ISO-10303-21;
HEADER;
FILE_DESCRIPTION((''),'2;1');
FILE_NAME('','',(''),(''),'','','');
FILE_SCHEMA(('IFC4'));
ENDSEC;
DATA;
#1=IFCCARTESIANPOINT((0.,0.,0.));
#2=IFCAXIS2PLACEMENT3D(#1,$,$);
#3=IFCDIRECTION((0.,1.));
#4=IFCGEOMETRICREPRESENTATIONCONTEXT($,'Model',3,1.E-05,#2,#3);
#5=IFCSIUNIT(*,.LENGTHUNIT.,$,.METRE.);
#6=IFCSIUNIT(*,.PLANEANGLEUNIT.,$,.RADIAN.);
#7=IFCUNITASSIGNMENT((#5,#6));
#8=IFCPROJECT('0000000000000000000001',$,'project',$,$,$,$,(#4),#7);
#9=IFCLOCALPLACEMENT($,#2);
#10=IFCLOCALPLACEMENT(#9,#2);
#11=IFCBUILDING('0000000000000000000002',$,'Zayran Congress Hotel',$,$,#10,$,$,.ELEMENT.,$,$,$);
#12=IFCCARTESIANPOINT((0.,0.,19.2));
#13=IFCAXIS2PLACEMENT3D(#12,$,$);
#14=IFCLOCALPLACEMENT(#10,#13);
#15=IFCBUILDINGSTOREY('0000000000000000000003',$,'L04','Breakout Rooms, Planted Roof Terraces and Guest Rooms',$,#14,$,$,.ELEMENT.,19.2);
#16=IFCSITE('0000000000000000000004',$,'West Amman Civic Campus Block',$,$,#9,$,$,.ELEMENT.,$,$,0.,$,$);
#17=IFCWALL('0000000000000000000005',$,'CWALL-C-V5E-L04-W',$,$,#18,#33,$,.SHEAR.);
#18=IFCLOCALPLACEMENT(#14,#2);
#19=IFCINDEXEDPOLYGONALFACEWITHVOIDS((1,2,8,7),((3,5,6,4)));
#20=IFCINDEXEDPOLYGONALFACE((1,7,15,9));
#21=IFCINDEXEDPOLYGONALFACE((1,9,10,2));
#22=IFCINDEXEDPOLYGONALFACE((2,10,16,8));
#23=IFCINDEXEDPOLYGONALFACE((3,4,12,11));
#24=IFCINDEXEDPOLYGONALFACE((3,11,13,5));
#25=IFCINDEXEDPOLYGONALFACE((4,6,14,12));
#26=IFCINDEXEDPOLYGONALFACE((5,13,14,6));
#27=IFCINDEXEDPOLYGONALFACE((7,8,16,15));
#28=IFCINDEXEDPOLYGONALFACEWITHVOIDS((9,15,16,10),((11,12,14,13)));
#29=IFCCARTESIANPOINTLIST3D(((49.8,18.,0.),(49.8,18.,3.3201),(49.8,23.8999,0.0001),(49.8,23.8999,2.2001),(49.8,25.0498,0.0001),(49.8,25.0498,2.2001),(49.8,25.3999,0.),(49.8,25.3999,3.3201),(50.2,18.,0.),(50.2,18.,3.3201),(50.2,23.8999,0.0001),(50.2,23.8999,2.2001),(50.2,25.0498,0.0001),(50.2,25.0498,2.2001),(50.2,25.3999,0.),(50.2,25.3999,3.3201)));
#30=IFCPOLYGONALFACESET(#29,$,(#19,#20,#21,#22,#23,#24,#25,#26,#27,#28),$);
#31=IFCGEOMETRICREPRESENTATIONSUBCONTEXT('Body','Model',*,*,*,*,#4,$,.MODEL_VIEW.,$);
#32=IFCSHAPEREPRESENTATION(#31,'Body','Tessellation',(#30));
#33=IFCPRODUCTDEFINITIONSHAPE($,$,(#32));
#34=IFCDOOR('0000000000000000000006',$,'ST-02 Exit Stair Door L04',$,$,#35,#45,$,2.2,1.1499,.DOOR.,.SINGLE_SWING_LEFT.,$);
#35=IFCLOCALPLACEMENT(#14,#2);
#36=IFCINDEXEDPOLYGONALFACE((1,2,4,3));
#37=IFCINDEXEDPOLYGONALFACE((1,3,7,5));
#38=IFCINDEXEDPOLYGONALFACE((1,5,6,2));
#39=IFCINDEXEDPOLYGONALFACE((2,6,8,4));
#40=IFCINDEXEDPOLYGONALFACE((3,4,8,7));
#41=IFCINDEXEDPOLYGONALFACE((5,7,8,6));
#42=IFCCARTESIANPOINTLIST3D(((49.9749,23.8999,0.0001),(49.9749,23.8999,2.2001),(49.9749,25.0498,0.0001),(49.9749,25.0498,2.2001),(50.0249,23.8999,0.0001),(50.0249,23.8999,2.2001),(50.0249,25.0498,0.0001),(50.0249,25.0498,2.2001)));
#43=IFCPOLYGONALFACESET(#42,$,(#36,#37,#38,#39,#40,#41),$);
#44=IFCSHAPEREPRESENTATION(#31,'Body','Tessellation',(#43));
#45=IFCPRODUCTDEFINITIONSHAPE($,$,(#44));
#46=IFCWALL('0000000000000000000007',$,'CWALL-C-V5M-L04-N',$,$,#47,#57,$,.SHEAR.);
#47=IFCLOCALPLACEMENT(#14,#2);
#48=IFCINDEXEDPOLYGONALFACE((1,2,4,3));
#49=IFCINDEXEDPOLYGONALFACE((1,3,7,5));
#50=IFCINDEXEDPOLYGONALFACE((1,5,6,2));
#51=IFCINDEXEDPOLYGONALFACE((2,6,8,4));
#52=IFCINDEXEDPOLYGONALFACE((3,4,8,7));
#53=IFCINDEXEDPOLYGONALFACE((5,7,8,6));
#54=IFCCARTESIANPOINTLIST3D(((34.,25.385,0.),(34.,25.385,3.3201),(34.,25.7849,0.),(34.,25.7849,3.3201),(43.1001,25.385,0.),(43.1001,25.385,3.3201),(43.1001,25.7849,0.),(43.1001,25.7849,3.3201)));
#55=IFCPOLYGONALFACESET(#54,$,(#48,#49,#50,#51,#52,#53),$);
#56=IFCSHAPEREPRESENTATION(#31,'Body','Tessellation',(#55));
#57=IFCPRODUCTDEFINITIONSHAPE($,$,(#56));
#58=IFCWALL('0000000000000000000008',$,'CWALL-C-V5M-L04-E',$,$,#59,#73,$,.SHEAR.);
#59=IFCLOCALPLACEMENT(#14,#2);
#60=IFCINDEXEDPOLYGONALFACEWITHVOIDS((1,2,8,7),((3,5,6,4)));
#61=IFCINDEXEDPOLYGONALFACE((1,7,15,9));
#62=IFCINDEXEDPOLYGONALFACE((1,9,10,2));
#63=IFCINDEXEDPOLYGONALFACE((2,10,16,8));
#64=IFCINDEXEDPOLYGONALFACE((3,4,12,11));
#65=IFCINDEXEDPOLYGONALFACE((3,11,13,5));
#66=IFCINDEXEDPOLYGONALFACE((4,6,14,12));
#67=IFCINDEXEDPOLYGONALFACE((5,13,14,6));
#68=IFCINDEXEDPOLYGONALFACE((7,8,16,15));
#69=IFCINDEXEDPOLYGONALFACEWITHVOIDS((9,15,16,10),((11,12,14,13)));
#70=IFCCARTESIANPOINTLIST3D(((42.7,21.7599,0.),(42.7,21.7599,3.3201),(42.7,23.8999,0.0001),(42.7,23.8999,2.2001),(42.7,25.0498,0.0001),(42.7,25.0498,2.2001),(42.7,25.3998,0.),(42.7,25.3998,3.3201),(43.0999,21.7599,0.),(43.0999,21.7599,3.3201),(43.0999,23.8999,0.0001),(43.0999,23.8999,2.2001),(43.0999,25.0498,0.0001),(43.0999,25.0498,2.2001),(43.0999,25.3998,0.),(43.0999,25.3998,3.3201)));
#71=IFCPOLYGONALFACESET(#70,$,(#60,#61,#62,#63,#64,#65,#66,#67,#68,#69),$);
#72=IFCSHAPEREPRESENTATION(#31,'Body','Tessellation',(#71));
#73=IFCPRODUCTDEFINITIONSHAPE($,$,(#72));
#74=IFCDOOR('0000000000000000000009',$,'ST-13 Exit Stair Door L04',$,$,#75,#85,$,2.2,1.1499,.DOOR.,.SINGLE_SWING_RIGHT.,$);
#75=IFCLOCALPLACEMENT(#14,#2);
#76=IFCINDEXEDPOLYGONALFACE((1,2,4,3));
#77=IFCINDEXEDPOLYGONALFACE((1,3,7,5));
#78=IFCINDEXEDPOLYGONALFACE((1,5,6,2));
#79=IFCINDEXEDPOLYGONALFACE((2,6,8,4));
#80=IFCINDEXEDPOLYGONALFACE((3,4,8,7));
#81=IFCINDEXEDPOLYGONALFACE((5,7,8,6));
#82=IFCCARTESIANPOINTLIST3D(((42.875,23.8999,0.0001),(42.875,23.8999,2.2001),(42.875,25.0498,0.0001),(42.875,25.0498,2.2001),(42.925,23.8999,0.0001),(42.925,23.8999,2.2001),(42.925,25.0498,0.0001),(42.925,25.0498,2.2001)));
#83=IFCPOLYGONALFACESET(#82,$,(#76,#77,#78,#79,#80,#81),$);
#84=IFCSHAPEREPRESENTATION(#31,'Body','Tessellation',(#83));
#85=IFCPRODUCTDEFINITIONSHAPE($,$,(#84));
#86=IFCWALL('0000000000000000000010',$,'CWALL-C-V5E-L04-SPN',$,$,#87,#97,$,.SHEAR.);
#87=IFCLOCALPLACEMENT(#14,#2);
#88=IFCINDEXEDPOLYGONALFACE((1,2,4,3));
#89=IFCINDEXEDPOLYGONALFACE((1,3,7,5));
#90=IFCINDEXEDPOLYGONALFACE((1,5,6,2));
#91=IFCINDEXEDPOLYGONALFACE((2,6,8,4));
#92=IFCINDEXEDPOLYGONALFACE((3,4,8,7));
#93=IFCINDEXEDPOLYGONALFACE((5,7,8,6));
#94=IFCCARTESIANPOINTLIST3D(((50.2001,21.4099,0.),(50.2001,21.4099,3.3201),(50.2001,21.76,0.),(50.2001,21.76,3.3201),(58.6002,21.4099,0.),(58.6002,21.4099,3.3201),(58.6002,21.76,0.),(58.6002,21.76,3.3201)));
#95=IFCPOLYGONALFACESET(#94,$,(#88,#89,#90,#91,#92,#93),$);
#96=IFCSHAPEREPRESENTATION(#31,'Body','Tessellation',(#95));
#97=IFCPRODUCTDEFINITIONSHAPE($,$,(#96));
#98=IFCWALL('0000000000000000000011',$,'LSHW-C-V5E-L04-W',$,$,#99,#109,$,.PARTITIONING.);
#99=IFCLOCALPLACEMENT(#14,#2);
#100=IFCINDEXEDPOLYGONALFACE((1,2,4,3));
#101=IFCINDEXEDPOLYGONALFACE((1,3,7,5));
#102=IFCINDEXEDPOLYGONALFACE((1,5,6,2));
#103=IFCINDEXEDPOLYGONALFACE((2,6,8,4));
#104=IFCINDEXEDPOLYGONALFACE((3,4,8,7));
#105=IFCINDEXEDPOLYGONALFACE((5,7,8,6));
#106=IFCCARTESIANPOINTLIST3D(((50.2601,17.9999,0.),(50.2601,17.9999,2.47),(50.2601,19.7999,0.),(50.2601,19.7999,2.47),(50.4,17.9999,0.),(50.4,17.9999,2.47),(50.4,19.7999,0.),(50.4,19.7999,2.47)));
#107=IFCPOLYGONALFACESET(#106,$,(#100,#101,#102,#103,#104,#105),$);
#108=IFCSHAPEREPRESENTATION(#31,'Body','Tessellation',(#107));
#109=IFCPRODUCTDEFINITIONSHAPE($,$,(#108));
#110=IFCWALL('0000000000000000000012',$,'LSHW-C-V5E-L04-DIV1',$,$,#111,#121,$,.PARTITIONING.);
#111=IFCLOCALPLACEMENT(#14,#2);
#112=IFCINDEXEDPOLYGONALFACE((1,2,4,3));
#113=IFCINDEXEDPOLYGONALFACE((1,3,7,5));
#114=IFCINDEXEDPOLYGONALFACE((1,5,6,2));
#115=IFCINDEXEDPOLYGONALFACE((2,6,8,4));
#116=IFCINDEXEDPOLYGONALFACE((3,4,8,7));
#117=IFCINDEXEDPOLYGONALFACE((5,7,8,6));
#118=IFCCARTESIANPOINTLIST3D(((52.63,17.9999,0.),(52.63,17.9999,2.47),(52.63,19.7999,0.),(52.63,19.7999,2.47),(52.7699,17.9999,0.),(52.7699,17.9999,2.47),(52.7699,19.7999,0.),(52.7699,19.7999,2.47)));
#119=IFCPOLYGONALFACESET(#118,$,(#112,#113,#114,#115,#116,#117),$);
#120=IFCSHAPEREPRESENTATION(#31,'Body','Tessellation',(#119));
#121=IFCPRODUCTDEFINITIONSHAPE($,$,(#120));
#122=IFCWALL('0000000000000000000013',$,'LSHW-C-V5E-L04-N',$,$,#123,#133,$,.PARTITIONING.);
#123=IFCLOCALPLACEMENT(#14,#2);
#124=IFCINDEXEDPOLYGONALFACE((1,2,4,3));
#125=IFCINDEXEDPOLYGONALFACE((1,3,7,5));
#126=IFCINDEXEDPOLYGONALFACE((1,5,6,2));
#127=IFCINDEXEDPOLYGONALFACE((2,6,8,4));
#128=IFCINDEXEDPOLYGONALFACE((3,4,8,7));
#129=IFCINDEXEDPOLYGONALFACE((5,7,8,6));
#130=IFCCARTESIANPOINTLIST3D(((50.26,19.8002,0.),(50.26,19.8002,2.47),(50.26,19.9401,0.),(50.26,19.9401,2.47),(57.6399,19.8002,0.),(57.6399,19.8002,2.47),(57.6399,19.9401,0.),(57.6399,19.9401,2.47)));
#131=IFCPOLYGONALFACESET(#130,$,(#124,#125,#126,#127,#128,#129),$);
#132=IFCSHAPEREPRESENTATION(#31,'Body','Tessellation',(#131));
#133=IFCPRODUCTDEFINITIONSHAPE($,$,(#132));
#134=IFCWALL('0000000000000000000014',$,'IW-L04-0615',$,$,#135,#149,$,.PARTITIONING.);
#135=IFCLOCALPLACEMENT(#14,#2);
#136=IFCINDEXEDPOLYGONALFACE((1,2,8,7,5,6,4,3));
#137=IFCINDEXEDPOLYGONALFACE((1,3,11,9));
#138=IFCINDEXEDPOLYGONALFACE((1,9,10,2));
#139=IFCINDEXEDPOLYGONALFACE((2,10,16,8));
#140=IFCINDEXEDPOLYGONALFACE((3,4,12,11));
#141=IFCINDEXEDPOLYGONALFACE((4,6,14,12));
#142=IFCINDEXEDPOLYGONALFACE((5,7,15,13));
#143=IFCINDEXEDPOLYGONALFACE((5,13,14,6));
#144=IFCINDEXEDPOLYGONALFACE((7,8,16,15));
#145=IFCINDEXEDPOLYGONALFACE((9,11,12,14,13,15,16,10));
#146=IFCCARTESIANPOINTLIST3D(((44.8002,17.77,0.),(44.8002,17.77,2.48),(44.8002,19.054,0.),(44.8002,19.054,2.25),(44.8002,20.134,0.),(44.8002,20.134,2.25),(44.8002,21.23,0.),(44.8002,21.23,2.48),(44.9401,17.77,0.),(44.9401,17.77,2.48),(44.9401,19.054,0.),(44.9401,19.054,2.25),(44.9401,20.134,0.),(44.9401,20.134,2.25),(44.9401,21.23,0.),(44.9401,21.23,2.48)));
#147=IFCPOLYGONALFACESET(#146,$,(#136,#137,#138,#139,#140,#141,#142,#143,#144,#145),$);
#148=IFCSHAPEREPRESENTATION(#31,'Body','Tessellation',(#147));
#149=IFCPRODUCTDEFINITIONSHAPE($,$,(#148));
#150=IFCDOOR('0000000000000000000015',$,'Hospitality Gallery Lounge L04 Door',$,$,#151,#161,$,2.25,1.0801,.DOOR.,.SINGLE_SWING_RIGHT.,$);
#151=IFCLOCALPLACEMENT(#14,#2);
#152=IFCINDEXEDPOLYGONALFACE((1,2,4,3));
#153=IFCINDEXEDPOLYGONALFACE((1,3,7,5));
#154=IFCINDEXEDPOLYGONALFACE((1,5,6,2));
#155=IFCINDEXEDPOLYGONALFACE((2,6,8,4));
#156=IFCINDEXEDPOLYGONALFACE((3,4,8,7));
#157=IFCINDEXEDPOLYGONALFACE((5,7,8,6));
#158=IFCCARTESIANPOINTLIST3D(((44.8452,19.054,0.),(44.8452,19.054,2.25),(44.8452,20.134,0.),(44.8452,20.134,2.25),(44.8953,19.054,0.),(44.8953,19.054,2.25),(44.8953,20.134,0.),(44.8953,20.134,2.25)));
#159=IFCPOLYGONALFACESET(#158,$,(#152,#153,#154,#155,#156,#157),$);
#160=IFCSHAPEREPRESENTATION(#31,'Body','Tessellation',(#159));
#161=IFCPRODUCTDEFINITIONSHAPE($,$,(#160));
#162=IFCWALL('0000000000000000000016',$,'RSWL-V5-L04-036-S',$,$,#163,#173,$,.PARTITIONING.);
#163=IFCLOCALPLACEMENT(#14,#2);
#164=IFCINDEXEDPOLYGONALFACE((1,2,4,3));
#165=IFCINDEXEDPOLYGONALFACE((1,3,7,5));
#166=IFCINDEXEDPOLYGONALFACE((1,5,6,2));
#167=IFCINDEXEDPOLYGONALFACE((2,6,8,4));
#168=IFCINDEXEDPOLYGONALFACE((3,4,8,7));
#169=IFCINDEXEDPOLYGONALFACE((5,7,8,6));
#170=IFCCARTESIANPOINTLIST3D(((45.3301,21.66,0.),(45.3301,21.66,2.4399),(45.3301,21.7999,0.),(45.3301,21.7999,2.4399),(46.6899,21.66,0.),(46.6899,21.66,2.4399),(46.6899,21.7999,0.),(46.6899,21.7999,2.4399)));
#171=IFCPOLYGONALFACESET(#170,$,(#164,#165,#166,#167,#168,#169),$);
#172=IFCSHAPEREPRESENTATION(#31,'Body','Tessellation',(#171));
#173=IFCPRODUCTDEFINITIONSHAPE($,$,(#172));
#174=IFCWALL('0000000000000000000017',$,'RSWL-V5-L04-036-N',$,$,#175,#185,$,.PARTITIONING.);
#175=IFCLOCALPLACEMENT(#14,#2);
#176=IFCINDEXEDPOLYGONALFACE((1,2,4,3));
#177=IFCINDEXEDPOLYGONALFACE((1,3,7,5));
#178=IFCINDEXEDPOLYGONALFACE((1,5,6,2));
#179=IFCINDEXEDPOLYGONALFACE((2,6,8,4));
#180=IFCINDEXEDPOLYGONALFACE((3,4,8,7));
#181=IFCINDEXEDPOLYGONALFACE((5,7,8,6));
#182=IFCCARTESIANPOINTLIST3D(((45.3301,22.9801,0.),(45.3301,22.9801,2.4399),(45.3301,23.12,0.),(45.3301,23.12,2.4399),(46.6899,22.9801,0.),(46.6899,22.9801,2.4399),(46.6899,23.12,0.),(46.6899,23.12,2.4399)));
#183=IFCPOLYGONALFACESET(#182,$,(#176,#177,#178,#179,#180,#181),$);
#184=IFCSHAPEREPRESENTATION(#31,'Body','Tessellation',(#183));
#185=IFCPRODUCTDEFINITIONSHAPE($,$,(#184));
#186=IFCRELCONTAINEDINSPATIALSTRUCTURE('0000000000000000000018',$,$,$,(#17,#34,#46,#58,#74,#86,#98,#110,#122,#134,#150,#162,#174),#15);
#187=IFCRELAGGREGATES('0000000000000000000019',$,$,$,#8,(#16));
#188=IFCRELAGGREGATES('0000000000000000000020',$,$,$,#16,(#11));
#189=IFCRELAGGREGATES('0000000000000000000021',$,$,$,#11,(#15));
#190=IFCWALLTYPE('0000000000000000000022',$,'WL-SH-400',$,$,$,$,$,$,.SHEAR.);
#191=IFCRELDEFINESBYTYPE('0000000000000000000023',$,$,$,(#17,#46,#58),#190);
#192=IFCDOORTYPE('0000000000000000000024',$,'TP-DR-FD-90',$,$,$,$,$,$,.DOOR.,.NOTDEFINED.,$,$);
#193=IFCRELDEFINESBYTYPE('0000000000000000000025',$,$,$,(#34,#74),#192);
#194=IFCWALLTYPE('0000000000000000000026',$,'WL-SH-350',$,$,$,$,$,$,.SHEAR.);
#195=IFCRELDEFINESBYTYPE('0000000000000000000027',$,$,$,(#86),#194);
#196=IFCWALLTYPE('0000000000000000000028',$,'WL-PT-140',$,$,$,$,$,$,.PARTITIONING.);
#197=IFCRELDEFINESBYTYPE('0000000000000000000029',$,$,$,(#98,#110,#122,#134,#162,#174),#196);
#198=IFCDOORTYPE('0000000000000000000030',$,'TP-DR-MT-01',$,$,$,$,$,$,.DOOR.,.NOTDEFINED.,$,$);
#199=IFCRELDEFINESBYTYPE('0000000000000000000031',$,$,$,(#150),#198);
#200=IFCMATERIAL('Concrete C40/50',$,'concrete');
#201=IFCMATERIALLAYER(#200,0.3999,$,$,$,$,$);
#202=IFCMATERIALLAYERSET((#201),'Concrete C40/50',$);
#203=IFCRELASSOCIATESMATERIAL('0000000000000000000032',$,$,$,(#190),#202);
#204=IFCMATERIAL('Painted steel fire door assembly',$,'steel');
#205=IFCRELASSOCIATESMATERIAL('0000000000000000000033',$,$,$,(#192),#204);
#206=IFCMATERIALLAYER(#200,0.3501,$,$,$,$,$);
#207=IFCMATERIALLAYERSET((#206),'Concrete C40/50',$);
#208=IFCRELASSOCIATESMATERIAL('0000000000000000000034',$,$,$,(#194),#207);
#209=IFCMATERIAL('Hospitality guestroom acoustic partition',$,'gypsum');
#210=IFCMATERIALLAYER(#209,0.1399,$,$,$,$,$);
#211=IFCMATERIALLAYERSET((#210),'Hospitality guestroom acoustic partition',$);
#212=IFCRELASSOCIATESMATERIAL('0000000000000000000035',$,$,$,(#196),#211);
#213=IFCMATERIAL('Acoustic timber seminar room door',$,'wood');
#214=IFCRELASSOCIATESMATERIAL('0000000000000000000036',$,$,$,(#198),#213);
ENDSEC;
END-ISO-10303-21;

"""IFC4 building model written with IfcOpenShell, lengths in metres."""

from ifc_helpers import new_model, si_unit, direction, frame, frame_2d, origin, place, context, subcontext, project, spatial, rectangle, extrude, material, layer, layer_set, type_object, element, fill, save


model = new_model("IFC4")

# Units and contexts
model_context = context("Model", 3, precision=1e-05, world=origin(), true_north=direction((0.0, 1.0)))
body_context = subcontext(model_context, "Body", "Model", "MODEL_VIEW")
ifc_project = project(units=[si_unit("LENGTHUNIT", "METRE"), si_unit("PLANEANGLEUNIT", "RADIAN")], contexts=[model_context])

# Site, building, storey
site_placement = place(None, origin())
site = spatial("IfcSite", under=ifc_project, at=site_placement, Name="West Amman Civic Campus Block", CompositionType="ELEMENT", RefElevation=0.0)
building_placement = place(site_placement, origin())
building = spatial("IfcBuilding", under=site, at=building_placement, Name="Zayran Congress Hotel", CompositionType="ELEMENT")
storey_placement = place(building_placement, frame((0.0, 0.0, 19.2)))
storey = spatial("IfcBuildingStorey", under=building, at=storey_placement, Name="L04", Description="Breakout Rooms, Planted Roof Terraces and Guest Rooms", CompositionType="ELEMENT", Elevation=19.2)

# Shared definitions
ifc_material_1 = material(Name="Concrete C40/50", Category="concrete")

# Shared definitions
ifc_layer_1 = layer(ifc_material_1, 0.3999)
ifc_layer_set_1 = layer_set([ifc_layer_1], Name="Concrete C40/50")
wall_type_1 = type_object("IfcWallType", Name="WL-SH-400", PredefinedType="SHEAR", material=ifc_layer_set_1)

# Wall, opening, door
wall_1_placement = place(storey_placement, frame((50.0, 25.3999, 0.0), z_axis=(0.0, 0.0, 1.0), x_axis=(0.0, -1.0, 0.0)))
wall_1 = element("IfcWall", 1, at=wall_1_placement, inside=storey, type_object=wall_type_1, Name="CWALL-C-V5E-L04-W", PredefinedType="SHEAR", context=body_context, shape_type="SweptSolid", body=[
    extrude(rectangle(XDim=7.3999, YDim=0.3999, at=frame_2d((3.7, 0.0))), origin(), (0.0, 0.0, 1.0), 3.3201),
])
opening_1_placement = place(wall_1_placement, frame((0.3501, 0.0, 0.0)))
opening_1 = element("IfcOpeningElement", 2, at=opening_1_placement, cuts=wall_1, PredefinedType="OPENING", context=body_context, shape_type="SweptSolid", body=[
    extrude(rectangle(XDim=1.1499, YDim=2.2, at=frame_2d((0.575, 1.1001))), frame((0.0, 0.21, 0.0), z_axis=(0.0, -1.0, 0.0), x_axis=(1.0, 0.0, 0.0)), (0.0, 0.0, 1.0), 0.4199),
])
ifc_material_2 = material(Name="Painted steel fire door assembly", Category="steel")
door_type_1 = type_object("IfcDoorType", Name="TP-DR-FD-90", OperationType="NOTDEFINED", PredefinedType="DOOR", material=ifc_material_2)
door_1_placement = place(opening_1_placement, origin())
door_1 = element("IfcDoor", 3, at=door_1_placement, inside=storey, type_object=door_type_1, Name="ST-02 Exit Stair Door L04", OperationType="SINGLE_SWING_LEFT", OverallHeight=2.2, OverallWidth=1.1499, PredefinedType="DOOR", context=body_context, shape_type="SweptSolid", body=[
    extrude(rectangle(XDim=1.1499, YDim=2.2, at=frame_2d((0.575, 1.1001))), frame((0.0, 0.0249, 0.0), z_axis=(0.0, -1.0, 0.0), x_axis=(1.0, 0.0, 0.0)), (0.0, 0.0, 1.0), 0.05),
])
fill(opening_1, door_1)

# Wall
wall_2_placement = place(storey_placement, frame((43.1001, 25.585, 0.0), z_axis=(0.0, 0.0, 1.0), x_axis=(-1.0, 0.0, 0.0)))
element("IfcWall", 4, at=wall_2_placement, inside=storey, type_object=wall_type_1, Name="CWALL-C-V5M-L04-N", PredefinedType="SHEAR", context=body_context, shape_type="SweptSolid", body=[
    extrude(rectangle(XDim=9.1001, YDim=0.3999, at=frame_2d((4.55, 0.0))), origin(), (0.0, 0.0, 1.0), 3.3201),
])

# Wall, opening, door
wall_3_placement = place(storey_placement, frame((42.8999, 21.76, 0.0), z_axis=(0.0, 0.0, 1.0), x_axis=(0.0, 1.0, 0.0)))
wall_3 = element("IfcWall", 5, at=wall_3_placement, inside=storey, type_object=wall_type_1, Name="CWALL-C-V5M-L04-E", PredefinedType="SHEAR", context=body_context, shape_type="SweptSolid", body=[
    extrude(rectangle(XDim=3.6399, YDim=0.3999, at=frame_2d((1.8198, 0.0))), origin(), (0.0, 0.0, 1.0), 3.3201),
])
opening_2_placement = place(wall_3_placement, frame((2.1399, 0.0, 0.0)))
opening_2 = element("IfcOpeningElement", 6, at=opening_2_placement, cuts=wall_3, PredefinedType="OPENING", context=body_context, shape_type="SweptSolid", body=[
    extrude(rectangle(XDim=1.1499, YDim=2.2, at=frame_2d((0.575, 1.1001))), frame((0.0, 0.21, 0.0), z_axis=(0.0, -1.0, 0.0), x_axis=(1.0, 0.0, 0.0)), (0.0, 0.0, 1.0), 0.4199),
])
door_2_placement = place(opening_2_placement, origin())
door_2 = element("IfcDoor", 7, at=door_2_placement, inside=storey, type_object=door_type_1, Name="ST-13 Exit Stair Door L04", OperationType="SINGLE_SWING_RIGHT", OverallHeight=2.2, OverallWidth=1.1499, PredefinedType="DOOR", context=body_context, shape_type="SweptSolid", body=[
    extrude(rectangle(XDim=1.1499, YDim=2.2, at=frame_2d((0.575, 1.1001))), frame((0.0, 0.0249, 0.0), z_axis=(0.0, -1.0, 0.0), x_axis=(1.0, 0.0, 0.0)), (0.0, 0.0, 1.0), 0.05),
])
fill(opening_2, door_2)

# Walls
ifc_layer_2 = layer(ifc_material_1, 0.3501)
ifc_layer_set_2 = layer_set([ifc_layer_2], Name="Concrete C40/50")
wall_type_2 = type_object("IfcWallType", Name="WL-SH-350", PredefinedType="SHEAR", material=ifc_layer_set_2)
wall_4_placement = place(storey_placement, frame((50.2, 21.585, 0.0), z_axis=(0.0, 0.0, 1.0), x_axis=(1.0, 0.0, 0.0)))
element("IfcWall", 8, at=wall_4_placement, inside=storey, type_object=wall_type_2, Name="CWALL-C-V5E-L04-SPN", PredefinedType="SHEAR", context=body_context, shape_type="SweptSolid", body=[
    extrude(rectangle(XDim=8.4001, YDim=0.3501, at=frame_2d((4.2002, 0.0))), origin(), (0.0, 0.0, 1.0), 3.3201),
])
ifc_material_3 = material(Name="Hospitality guestroom acoustic partition", Category="gypsum")
ifc_layer_3 = layer(ifc_material_3, 0.1399)
ifc_layer_set_3 = layer_set([ifc_layer_3], Name="Hospitality guestroom acoustic partition")
wall_type_3 = type_object("IfcWallType", Name="WL-PT-140", PredefinedType="PARTITIONING", material=ifc_layer_set_3)
for number, where, z_axis, x_axis, name in (
    (9, (50.3301, 18.0, 0.0), (0.0, 0.0, 1.0), (0.0, 1.0, 0.0), "LSHW-C-V5E-L04-W"),
    (10, (52.7, 18.0, 0.0), (0.0, 0.0, 1.0), (0.0, 1.0, 0.0), "LSHW-C-V5E-L04-DIV1"),
):
    element("IfcWall", number, at=place(storey_placement, frame(where, z_axis=z_axis, x_axis=x_axis)), inside=storey, type_object=wall_type_3, Name=name, PredefinedType="PARTITIONING", context=body_context, shape_type="SweptSolid", body=[
        extrude(rectangle(XDim=1.8, YDim=0.1399, at=frame_2d((0.8999, 0.0))), origin(), (0.0, 0.0, 1.0), 2.47),
    ])
wall_5_placement = place(storey_placement, frame((50.26, 19.8701, 0.0), z_axis=(0.0, 0.0, 1.0), x_axis=(1.0, 0.0, 0.0)))
element("IfcWall", 11, at=wall_5_placement, inside=storey, type_object=wall_type_3, Name="LSHW-C-V5E-L04-N", PredefinedType="PARTITIONING", context=body_context, shape_type="SweptSolid", body=[
    extrude(rectangle(XDim=7.3799, YDim=0.1399, at=frame_2d((3.6899, 0.0))), origin(), (0.0, 0.0, 1.0), 2.47),
])

# Wall, opening, door
wall_6_placement = place(storey_placement, frame((44.8701, 17.77, 0.0), z_axis=(0.0, 0.0, 1.0), x_axis=(0.0, 1.0, 0.0)))
wall_6 = element("IfcWall", 12, at=wall_6_placement, inside=storey, type_object=wall_type_3, Name="IW-L04-0615", PredefinedType="PARTITIONING", context=body_context, shape_type="SweptSolid", body=[
    extrude(rectangle(XDim=3.46, YDim=0.1399, at=frame_2d((1.73, 0.0))), origin(), (0.0, 0.0, 1.0), 2.48),
])
opening_3_placement = place(wall_6_placement, frame((1.2839, 0.0, 0.0)))
opening_3 = element("IfcOpeningElement", 13, at=opening_3_placement, cuts=wall_6, PredefinedType="OPENING", context=body_context, shape_type="SweptSolid", body=[
    extrude(rectangle(XDim=1.0801, YDim=2.25, at=frame_2d((0.54, 1.125))), frame((0.0, 0.0798, 0.0), z_axis=(0.0, -1.0, 0.0), x_axis=(1.0, 0.0, 0.0)), (0.0, 0.0, 1.0), 0.1599),
])
ifc_material_4 = material(Name="Acoustic timber seminar room door", Category="wood")
door_type_2 = type_object("IfcDoorType", Name="TP-DR-MT-01", OperationType="NOTDEFINED", PredefinedType="DOOR", material=ifc_material_4)
door_3_placement = place(opening_3_placement, origin())
door_3 = element("IfcDoor", 14, at=door_3_placement, inside=storey, type_object=door_type_2, Name="Hospitality Gallery Lounge L04 Door", OperationType="SINGLE_SWING_RIGHT", OverallHeight=2.25, OverallWidth=1.0801, PredefinedType="DOOR", context=body_context, shape_type="SweptSolid", body=[
    extrude(rectangle(XDim=1.0801, YDim=2.25, at=frame_2d((0.54, 1.125))), frame((0.0, 0.0249, 0.0), z_axis=(0.0, -1.0, 0.0), x_axis=(1.0, 0.0, 0.0)), (0.0, 0.0, 1.0), 0.05),
])
fill(opening_3, door_3)

# Walls
for number, where, z_axis, x_axis, name in (
    (15, (45.3301, 21.73, 0.0), (0.0, 0.0, 1.0), (1.0, 0.0, 0.0), "RSWL-V5-L04-036-S"),
    (16, (46.6899, 23.05, 0.0), (0.0, 0.0, 1.0), (-1.0, 0.0, 0.0), "RSWL-V5-L04-036-N"),
):
    element("IfcWall", number, at=place(storey_placement, frame(where, z_axis=z_axis, x_axis=x_axis)), inside=storey, type_object=wall_type_3, Name=name, PredefinedType="PARTITIONING", context=body_context, shape_type="SweptSolid", body=[
        extrude(rectangle(XDim=1.3599, YDim=0.1399, at=frame_2d((0.6799, 0.0))), origin(), (0.0, 0.0, 1.0), 2.4399),
    ])

save(model, "model.ifc")
